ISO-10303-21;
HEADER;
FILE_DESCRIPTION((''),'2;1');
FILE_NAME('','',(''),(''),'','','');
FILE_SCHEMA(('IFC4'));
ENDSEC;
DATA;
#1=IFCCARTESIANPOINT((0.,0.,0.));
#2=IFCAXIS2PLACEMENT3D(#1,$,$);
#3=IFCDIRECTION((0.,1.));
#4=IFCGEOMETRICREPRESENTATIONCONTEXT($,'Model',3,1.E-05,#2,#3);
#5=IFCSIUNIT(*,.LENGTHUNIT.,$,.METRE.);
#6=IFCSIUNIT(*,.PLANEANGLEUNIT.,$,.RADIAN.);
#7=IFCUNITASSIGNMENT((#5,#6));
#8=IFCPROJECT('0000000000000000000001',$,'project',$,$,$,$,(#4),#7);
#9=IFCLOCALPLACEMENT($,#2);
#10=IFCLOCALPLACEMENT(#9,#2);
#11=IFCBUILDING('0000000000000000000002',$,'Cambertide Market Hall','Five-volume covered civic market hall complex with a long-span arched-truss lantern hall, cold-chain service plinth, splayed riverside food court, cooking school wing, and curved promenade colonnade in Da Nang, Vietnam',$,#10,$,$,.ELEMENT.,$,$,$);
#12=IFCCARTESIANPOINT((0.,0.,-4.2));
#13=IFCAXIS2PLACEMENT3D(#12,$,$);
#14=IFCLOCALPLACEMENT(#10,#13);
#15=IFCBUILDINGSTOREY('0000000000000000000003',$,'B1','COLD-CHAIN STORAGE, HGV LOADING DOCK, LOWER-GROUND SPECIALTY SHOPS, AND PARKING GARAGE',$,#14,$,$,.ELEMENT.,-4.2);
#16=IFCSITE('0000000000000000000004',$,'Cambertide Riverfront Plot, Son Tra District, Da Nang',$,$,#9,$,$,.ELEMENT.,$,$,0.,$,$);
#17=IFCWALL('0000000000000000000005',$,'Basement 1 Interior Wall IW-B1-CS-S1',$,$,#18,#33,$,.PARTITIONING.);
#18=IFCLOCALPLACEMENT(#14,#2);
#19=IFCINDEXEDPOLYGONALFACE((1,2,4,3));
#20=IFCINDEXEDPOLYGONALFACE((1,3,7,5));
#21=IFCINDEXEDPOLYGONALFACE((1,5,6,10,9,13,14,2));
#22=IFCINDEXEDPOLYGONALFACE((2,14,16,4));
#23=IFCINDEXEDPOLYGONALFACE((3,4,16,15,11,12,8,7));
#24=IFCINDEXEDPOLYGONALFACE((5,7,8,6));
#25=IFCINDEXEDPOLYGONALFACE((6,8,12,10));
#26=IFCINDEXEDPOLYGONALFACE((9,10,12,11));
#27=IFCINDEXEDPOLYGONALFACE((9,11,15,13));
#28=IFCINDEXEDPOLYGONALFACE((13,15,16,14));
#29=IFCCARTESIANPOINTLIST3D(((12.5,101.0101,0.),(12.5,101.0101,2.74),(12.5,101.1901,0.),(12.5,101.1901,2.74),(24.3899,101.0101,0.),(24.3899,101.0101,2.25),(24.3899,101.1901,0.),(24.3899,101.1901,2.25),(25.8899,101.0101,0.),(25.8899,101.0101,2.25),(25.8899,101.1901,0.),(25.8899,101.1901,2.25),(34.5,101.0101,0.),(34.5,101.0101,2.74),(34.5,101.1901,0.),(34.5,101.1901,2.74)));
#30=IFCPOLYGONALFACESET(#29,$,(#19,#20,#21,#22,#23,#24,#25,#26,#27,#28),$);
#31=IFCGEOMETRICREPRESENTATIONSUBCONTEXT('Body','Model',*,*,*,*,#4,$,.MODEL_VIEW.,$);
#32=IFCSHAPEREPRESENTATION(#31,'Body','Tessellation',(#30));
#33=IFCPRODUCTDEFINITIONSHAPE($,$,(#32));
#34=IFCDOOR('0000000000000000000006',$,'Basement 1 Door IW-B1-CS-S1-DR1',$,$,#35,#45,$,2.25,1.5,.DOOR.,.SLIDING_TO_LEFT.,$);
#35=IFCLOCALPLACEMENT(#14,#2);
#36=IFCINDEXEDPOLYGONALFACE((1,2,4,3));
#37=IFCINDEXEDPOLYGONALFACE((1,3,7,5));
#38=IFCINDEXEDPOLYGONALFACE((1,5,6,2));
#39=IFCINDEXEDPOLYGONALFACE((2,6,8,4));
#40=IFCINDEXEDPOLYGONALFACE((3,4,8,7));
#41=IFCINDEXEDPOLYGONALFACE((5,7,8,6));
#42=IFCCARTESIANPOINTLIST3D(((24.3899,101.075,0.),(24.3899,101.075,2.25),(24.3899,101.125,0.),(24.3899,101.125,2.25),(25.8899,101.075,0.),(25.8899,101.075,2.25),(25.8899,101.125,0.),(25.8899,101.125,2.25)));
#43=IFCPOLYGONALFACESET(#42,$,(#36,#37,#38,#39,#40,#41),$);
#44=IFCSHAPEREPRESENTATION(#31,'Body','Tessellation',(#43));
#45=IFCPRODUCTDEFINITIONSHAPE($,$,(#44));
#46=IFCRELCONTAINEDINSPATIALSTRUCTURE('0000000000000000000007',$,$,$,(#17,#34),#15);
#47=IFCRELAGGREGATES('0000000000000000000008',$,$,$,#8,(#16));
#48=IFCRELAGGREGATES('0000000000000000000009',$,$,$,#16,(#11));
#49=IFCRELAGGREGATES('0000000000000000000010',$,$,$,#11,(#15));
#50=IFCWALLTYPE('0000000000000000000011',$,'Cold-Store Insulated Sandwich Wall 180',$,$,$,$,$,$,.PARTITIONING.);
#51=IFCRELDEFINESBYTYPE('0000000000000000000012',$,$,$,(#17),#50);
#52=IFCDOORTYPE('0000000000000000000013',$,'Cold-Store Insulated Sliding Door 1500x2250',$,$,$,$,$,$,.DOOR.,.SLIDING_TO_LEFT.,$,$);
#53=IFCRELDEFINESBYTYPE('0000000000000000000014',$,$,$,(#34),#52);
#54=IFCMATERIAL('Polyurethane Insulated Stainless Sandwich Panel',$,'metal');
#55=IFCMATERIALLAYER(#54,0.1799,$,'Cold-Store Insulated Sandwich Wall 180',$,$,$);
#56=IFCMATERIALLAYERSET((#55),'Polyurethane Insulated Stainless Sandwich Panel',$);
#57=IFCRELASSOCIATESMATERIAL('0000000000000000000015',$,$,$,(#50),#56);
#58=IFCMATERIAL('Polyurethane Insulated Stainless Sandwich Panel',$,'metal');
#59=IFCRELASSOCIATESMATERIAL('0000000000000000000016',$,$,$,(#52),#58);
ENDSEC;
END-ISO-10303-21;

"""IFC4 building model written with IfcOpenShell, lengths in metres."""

from ifc_helpers import new_model, si_unit, direction, frame, frame_2d, origin, place, context, subcontext, project, spatial, rectangle, extrude, material, layer, layer_set, type_object, element, fill, save


model = new_model("IFC4")

# Units and contexts
model_context = context("Model", 3, precision=1e-05, world=origin(), true_north=direction((0.0, 1.0)))
body_context = subcontext(model_context, "Body", "Model", "MODEL_VIEW")
ifc_project = project(units=[si_unit("LENGTHUNIT", "METRE"), si_unit("PLANEANGLEUNIT", "RADIAN")], contexts=[model_context])

# Site, building, storey
site_placement = place(None, origin())
site = spatial("IfcSite", under=ifc_project, at=site_placement, Name="Cambertide Riverfront Plot, Son Tra District, Da Nang", CompositionType="ELEMENT", RefElevation=0.0)
building_placement = place(site_placement, origin())
building = spatial("IfcBuilding", under=site, at=building_placement, Name="Cambertide Market Hall", Description="Five-volume covered civic market hall complex with a long-span arched-truss lantern hall, cold-chain service plinth, splayed riverside food court, cooking school wing, and curved promenade colonnade in Da Nang, Vietnam", CompositionType="ELEMENT")
storey_placement = place(building_placement, frame((0.0, 0.0, -4.2)))
storey = spatial("IfcBuildingStorey", under=building, at=storey_placement, Name="B1", Description="COLD-CHAIN STORAGE, HGV LOADING DOCK, LOWER-GROUND SPECIALTY SHOPS, AND PARKING GARAGE", CompositionType="ELEMENT", Elevation=-4.2)

# Wall, opening, door
ifc_material_1 = material(Name="Polyurethane Insulated Stainless Sandwich Panel", Category="metal")
ifc_layer_1 = layer(ifc_material_1, 0.1799, Name="Cold-Store Insulated Sandwich Wall 180")
ifc_layer_set_1 = layer_set([ifc_layer_1], Name="Polyurethane Insulated Stainless Sandwich Panel")
wall_type_1 = type_object("IfcWallType", Name="Cold-Store Insulated Sandwich Wall 180", PredefinedType="PARTITIONING", material=ifc_layer_set_1)
wall_1_placement = place(storey_placement, frame((12.5, 101.1001, 0.0), z_axis=(0.0, 0.0, 1.0), x_axis=(1.0, 0.0, 0.0)))
wall_1 = element("IfcWall", 1, at=wall_1_placement, inside=storey, type_object=wall_type_1, Name="Basement 1 Interior Wall IW-B1-CS-S1", PredefinedType="PARTITIONING", context=body_context, shape_type="SweptSolid", body=[
    extrude(rectangle(XDim=22.0, YDim=0.1799, at=frame_2d((11.0, 0.0))), origin(), (0.0, 0.0, 1.0), 2.74),
])
opening_placement = place(wall_1_placement, frame((11.8899, 0.0, 0.0)))
opening = element("IfcOpeningElement", 2, at=opening_placement, cuts=wall_1, PredefinedType="OPENING", context=body_context, shape_type="SweptSolid", body=[
    extrude(rectangle(XDim=1.5, YDim=2.25, at=frame_2d((0.75, 1.125))), frame((0.0, 0.0999, 0.0), z_axis=(0.0, -1.0, 0.0), x_axis=(1.0, 0.0, 0.0)), (0.0, 0.0, 1.0), 0.2),
])
ifc_material_2 = material(Name="Polyurethane Insulated Stainless Sandwich Panel", Category="metal")
door_type = type_object("IfcDoorType", Name="Cold-Store Insulated Sliding Door 1500x2250", OperationType="SLIDING_TO_LEFT", PredefinedType="DOOR", material=ifc_material_2)
door_placement = place(opening_placement, origin())
door = element("IfcDoor", 3, at=door_placement, inside=storey, type_object=door_type, Name="Basement 1 Door IW-B1-CS-S1-DR1", OperationType="SLIDING_TO_LEFT", OverallHeight=2.25, OverallWidth=1.5, PredefinedType="DOOR", context=body_context, shape_type="SweptSolid", body=[
    extrude(rectangle(XDim=1.5, YDim=2.25, at=frame_2d((0.75, 1.125))), frame((0.0, 0.0249, 0.0), z_axis=(0.0, -1.0, 0.0), x_axis=(1.0, 0.0, 0.0)), (0.0, 0.0, 1.0), 0.05),
])
fill(opening, door)

save(model, "model.ifc")
